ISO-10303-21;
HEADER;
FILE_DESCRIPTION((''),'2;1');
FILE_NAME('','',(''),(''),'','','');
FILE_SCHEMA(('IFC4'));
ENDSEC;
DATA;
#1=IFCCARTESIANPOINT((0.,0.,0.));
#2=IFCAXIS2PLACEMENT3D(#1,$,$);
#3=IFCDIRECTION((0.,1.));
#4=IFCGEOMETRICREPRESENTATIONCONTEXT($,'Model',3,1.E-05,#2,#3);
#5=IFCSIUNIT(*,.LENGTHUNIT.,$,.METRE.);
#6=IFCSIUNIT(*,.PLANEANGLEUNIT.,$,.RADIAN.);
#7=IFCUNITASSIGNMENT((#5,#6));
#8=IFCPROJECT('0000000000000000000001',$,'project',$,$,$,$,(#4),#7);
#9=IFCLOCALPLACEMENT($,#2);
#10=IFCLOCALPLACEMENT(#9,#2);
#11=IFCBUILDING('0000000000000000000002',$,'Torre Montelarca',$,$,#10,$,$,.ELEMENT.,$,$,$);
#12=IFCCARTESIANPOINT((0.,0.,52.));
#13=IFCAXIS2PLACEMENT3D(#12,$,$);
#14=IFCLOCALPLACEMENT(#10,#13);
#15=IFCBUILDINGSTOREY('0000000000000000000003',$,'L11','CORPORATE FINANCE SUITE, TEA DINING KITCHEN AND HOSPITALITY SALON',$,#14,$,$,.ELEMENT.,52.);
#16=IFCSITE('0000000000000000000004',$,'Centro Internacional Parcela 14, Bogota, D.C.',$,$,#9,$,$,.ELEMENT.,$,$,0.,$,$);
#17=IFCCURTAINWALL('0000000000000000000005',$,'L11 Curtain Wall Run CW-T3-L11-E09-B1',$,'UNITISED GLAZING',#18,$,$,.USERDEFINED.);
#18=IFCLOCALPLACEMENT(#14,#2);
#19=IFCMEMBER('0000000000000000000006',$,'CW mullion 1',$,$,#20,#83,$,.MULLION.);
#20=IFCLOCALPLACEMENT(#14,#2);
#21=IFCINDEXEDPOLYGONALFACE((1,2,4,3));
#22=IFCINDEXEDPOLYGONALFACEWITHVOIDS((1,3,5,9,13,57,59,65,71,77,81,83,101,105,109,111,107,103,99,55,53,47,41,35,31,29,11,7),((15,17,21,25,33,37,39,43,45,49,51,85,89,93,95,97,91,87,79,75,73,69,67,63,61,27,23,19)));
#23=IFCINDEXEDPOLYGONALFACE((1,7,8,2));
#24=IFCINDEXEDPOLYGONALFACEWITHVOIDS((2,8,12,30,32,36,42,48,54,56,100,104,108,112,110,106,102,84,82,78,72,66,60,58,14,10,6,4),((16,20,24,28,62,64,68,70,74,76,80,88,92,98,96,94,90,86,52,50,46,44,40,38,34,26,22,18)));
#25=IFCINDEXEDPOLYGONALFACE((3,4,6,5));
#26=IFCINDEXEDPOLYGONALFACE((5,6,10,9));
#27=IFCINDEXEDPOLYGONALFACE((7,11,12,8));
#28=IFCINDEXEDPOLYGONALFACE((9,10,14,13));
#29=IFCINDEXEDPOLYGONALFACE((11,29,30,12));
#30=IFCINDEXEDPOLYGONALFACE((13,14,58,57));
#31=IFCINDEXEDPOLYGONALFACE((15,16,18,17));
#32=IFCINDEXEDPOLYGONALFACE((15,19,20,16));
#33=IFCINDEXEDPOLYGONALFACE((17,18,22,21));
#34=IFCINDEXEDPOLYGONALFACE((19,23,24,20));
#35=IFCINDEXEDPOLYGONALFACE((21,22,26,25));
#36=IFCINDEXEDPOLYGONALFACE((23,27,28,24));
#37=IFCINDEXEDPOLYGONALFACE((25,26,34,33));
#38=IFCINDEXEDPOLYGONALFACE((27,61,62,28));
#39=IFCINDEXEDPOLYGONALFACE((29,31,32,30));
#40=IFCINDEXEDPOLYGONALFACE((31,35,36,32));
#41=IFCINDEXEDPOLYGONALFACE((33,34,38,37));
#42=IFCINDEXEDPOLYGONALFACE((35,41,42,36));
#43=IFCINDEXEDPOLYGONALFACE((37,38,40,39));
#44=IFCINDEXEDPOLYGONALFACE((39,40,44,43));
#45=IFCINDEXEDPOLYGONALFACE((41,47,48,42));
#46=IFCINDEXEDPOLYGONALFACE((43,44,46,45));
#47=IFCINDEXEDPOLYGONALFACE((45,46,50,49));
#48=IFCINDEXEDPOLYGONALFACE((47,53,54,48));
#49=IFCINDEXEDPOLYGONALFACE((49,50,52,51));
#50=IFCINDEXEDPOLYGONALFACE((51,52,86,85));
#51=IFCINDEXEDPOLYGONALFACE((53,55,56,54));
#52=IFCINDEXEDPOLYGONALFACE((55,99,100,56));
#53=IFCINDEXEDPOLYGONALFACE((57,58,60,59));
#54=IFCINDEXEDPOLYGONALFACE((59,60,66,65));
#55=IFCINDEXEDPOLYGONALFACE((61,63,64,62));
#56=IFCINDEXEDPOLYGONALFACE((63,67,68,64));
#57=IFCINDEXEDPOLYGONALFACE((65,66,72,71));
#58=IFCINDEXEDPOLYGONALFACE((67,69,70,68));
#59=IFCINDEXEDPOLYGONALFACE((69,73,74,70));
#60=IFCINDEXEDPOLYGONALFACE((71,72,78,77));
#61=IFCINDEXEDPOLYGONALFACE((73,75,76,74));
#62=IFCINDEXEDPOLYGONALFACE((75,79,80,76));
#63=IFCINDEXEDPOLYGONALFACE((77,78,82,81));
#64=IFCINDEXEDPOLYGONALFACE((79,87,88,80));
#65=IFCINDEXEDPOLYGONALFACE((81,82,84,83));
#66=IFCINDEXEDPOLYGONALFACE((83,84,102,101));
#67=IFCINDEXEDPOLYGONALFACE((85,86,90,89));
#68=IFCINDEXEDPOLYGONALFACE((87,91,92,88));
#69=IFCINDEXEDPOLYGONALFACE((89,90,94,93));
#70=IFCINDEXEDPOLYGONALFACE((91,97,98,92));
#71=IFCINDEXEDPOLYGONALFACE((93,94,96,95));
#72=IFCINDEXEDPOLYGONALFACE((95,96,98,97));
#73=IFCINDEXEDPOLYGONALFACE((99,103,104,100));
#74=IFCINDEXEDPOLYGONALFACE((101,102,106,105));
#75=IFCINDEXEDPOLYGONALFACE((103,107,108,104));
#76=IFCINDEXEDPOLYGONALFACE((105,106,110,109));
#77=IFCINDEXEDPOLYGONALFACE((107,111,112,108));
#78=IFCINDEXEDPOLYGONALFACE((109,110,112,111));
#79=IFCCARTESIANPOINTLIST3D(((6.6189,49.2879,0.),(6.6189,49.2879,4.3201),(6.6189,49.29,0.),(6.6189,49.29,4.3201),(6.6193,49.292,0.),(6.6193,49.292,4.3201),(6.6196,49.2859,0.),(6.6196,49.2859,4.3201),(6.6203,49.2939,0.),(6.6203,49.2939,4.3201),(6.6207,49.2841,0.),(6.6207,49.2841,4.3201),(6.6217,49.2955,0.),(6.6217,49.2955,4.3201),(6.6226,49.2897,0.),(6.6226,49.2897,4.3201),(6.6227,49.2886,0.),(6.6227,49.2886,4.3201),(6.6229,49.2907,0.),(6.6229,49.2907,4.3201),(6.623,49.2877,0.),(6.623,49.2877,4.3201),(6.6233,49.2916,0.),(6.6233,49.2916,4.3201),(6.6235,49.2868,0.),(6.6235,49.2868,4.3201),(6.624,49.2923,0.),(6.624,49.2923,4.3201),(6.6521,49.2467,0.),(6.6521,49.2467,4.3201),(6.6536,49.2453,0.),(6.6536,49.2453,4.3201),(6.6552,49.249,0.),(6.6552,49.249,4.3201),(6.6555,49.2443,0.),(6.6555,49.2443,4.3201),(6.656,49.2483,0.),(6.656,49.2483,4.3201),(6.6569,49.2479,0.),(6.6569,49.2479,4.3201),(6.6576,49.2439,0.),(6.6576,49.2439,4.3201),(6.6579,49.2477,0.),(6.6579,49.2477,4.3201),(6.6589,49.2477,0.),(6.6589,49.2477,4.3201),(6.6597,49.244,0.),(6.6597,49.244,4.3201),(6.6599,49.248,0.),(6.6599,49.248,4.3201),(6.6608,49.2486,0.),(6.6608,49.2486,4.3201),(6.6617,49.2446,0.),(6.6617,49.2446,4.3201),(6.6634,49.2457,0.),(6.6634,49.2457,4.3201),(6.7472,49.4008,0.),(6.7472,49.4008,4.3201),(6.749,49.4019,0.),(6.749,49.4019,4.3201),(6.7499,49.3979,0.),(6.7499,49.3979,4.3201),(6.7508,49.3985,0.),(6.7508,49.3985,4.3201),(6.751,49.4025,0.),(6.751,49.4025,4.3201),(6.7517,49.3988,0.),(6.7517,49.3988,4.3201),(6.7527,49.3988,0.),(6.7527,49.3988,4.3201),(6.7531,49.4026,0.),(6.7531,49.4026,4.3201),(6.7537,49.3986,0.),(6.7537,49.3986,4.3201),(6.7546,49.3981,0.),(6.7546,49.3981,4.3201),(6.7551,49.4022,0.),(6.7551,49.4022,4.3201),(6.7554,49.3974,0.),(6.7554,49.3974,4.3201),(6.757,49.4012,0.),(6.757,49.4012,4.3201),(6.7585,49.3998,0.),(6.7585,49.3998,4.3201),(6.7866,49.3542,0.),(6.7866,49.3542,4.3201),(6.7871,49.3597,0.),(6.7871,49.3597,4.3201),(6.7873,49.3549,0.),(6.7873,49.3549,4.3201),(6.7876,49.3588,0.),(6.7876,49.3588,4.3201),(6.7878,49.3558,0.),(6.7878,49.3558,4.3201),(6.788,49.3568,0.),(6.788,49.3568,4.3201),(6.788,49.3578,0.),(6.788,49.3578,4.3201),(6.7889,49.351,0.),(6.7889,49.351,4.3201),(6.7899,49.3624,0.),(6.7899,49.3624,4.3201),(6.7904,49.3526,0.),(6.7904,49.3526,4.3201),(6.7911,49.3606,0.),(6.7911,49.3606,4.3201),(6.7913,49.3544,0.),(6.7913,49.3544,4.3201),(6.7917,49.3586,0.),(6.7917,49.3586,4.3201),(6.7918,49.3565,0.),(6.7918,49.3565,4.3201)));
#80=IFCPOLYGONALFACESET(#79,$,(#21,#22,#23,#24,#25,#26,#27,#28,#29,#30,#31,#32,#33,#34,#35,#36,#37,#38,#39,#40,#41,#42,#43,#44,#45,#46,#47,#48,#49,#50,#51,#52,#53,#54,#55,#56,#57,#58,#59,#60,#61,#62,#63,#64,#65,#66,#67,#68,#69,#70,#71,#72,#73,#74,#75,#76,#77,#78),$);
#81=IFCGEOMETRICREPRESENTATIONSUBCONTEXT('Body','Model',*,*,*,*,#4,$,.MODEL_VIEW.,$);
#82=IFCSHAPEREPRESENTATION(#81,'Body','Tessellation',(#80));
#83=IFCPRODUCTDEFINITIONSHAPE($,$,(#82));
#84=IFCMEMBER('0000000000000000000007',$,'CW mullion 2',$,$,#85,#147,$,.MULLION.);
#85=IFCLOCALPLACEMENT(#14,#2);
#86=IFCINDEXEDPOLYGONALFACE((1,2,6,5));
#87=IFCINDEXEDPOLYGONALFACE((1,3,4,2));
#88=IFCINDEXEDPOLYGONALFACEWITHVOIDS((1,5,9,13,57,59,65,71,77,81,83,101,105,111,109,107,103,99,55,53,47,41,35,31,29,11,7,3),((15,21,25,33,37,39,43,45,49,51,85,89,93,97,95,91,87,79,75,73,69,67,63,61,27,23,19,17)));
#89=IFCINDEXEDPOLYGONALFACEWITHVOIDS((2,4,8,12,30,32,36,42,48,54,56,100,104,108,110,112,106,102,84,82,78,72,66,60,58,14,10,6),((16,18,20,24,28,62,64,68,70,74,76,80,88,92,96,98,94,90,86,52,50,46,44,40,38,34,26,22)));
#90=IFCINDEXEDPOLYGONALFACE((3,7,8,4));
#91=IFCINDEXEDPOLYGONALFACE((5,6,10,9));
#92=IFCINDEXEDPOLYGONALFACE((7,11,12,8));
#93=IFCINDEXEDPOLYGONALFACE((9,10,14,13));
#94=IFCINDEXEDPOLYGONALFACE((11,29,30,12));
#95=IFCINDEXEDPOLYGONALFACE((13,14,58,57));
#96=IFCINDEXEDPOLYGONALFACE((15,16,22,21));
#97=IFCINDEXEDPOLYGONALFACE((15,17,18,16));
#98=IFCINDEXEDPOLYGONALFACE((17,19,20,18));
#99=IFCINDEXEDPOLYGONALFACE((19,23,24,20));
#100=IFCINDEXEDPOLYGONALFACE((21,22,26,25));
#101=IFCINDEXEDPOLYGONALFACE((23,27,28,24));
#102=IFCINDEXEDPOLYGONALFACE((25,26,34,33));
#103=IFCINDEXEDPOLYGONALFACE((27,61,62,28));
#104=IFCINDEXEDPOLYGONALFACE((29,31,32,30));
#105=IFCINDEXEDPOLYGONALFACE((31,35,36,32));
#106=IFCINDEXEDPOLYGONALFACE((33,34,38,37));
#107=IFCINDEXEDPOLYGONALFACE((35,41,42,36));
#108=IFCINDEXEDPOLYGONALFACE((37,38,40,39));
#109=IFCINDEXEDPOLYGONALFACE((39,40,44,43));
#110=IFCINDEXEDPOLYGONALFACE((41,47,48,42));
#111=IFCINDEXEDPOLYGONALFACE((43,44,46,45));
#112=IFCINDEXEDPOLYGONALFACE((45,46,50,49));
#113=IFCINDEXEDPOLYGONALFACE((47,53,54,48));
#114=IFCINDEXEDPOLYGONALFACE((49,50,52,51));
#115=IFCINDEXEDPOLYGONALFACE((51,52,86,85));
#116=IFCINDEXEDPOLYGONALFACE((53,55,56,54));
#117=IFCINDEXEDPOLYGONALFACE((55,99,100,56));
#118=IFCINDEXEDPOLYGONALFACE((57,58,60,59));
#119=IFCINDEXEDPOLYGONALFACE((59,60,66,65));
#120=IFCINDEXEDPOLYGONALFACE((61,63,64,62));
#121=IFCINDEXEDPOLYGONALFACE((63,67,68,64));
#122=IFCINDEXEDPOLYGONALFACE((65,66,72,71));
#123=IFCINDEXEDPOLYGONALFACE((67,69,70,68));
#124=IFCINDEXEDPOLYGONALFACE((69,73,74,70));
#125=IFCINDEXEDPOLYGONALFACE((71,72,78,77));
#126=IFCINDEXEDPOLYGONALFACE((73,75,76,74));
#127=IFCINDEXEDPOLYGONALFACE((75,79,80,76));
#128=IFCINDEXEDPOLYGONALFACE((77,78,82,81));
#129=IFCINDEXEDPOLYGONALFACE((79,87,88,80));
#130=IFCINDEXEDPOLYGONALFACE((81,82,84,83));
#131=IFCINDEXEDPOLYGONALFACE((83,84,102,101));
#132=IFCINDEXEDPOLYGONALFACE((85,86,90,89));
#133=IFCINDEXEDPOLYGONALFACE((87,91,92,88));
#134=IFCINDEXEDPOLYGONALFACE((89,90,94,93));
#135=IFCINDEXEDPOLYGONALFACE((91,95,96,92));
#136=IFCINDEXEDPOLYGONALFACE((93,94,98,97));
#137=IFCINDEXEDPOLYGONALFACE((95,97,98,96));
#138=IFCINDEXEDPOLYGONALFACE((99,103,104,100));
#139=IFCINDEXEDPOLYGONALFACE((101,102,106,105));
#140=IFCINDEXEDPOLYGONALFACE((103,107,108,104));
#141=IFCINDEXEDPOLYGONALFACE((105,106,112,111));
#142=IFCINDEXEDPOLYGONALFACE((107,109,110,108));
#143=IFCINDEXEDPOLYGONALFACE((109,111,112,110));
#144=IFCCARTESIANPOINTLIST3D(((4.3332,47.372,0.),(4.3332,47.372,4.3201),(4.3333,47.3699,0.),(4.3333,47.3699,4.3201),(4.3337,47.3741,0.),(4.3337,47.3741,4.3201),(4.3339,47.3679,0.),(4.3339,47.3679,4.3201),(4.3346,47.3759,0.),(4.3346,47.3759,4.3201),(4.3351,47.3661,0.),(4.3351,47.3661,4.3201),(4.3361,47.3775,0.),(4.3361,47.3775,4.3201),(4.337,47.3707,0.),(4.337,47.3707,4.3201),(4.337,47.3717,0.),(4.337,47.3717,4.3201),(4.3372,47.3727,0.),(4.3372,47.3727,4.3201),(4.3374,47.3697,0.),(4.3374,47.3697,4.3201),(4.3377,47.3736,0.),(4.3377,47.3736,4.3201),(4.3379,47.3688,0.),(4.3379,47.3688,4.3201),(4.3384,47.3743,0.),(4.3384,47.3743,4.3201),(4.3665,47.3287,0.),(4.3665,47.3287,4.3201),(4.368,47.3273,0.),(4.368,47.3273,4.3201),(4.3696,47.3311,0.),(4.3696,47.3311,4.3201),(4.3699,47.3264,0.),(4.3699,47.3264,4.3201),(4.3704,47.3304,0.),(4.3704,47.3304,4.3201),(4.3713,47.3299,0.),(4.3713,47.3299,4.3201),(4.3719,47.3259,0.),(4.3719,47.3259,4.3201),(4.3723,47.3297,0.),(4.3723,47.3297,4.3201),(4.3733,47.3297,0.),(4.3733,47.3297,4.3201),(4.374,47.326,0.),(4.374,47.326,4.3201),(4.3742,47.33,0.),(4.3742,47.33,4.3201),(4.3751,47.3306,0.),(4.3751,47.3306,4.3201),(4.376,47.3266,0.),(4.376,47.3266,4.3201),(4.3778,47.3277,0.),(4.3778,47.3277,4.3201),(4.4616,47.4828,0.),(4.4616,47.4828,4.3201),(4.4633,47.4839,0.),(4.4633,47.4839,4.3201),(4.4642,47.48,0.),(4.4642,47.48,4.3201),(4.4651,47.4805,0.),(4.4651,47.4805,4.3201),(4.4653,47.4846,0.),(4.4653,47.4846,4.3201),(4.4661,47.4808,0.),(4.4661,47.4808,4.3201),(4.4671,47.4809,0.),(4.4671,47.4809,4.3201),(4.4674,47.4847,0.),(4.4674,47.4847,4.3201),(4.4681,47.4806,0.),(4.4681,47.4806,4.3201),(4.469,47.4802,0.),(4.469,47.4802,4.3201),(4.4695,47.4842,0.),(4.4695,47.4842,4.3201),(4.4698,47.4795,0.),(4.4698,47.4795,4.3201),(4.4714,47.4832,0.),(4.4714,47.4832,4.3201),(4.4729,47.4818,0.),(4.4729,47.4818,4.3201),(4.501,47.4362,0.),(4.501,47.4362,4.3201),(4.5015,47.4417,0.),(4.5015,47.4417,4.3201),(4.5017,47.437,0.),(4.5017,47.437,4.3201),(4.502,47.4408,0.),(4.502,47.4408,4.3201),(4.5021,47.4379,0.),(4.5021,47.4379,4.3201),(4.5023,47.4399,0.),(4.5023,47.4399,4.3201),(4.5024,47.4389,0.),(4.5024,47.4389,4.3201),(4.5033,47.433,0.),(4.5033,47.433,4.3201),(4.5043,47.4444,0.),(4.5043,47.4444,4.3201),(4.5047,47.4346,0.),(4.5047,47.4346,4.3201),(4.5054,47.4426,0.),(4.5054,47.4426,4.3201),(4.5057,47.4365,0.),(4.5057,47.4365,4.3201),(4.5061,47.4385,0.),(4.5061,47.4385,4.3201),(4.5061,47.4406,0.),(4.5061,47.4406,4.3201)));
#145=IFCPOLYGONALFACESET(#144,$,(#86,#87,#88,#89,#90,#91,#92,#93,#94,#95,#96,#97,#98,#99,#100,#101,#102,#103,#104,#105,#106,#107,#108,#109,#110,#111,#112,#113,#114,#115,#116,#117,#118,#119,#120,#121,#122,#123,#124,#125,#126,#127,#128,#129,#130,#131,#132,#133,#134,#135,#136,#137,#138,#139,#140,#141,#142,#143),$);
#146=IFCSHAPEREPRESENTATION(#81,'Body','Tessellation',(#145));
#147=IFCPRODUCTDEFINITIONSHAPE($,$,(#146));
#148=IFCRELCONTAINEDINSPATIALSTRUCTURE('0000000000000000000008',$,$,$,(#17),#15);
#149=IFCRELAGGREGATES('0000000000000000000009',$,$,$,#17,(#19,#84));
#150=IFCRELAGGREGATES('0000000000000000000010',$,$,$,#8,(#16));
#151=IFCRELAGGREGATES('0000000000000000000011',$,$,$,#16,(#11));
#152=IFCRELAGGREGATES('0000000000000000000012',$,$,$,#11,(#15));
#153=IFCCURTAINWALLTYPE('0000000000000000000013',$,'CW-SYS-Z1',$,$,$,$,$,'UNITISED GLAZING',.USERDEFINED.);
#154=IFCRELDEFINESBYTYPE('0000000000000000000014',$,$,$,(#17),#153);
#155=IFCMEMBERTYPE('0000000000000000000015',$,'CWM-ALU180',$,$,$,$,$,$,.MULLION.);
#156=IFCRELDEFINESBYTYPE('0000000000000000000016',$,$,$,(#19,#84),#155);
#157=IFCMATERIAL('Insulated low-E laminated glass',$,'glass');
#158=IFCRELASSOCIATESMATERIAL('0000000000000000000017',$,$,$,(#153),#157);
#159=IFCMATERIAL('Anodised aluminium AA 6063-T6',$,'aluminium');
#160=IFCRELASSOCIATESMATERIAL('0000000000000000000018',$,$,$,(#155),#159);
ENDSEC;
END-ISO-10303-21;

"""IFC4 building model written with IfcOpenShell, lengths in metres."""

from ifc_helpers import new_model, si_unit, direction, frame, origin, origin_2d, place, context, subcontext, project, spatial, hollow_rectangle, extrude, source, transform, mapped, material, material_profile, profile_set, type_object, element, aggregate, save


model = new_model("IFC4")

# Units and contexts
model_context = context("Model", 3, precision=1e-05, world=origin(), true_north=direction((0.0, 1.0)))
body_context = subcontext(model_context, "Body", "Model", "MODEL_VIEW")
ifc_project = project(units=[si_unit("LENGTHUNIT", "METRE"), si_unit("PLANEANGLEUNIT", "RADIAN")], contexts=[model_context])

# Site, building, storey
site_placement = place(None, origin())
site = spatial("IfcSite", under=ifc_project, at=site_placement, Name="Centro Internacional Parcela 14, Bogota, D.C.", CompositionType="ELEMENT", RefElevation=0.0)
building_placement = place(site_placement, origin())
building = spatial("IfcBuilding", under=site, at=building_placement, Name="Torre Montelarca", CompositionType="ELEMENT")
storey_placement = place(building_placement, frame((0.0, 0.0, 52.0)))
storey = spatial("IfcBuildingStorey", under=building, at=storey_placement, Name="L11", Description="CORPORATE FINANCE SUITE, TEA DINING KITCHEN AND HOSPITALITY SALON", CompositionType="ELEMENT", Elevation=52.0)

# Shared definitions
ifc_material_1 = material(Name="Insulated low-E laminated glass", Category="glass")
curtain_wall_type = type_object("IfcCurtainWallType", Name="CW-SYS-Z1", ElementType="UNITISED GLAZING", PredefinedType="USERDEFINED", material=ifc_material_1)
ifc_material_2 = material(Name="Anodised aluminium AA 6063-T6", Category="aluminium")
ifc_material_profile_1 = material_profile(ifc_material_2, hollow_rectangle(XDim=0.0649, YDim=0.1799, WallThickness=0.0039, InnerFilletRadius=0.0039, OuterFilletRadius=0.0081, at=origin_2d()), Name="ALU65X180X4", Category="aluminium")
ifc_profile_set_1 = profile_set([ifc_material_profile_1], Name="Anodised aluminium AA 6063-T6")
member_type_1 = type_object("IfcMemberType", Name="CWM-ALU180", PredefinedType="MULLION", material=ifc_profile_set_1)
shared_shape_1 = source(origin(), body_context, "Body", "SweptSolid", [
    extrude(hollow_rectangle(XDim=0.0649, YDim=0.1799, WallThickness=0.0039, InnerFilletRadius=0.0039, OuterFilletRadius=0.0081, at=origin_2d()), origin(), (0.0, 0.0, 1.0), 4.3201),
])

# Curtain wall, members
curtain_wall_1_placement = place(storey_placement, origin())
curtain_wall_1 = element("IfcCurtainWall", 1, at=curtain_wall_1_placement, inside=storey, type_object=curtain_wall_type, Name="L11 Curtain Wall Run CW-T3-L11-E09-B1", ObjectType="UNITISED GLAZING", PredefinedType="USERDEFINED")
member_1_placement = place(storey_placement, frame((6.7053, 49.3232, 0.0), z_axis=(0.0, 0.0, 1.0), x_axis=(0.64279, -0.766043, 0.0)))
member_1 = element("IfcMember", 2, at=member_1_placement, type_object=member_type_1, Name="CW mullion 1", PredefinedType="MULLION", context=body_context, shape_type="MappedRepresentation", body=[
    mapped(shared_shape_1, transform((0.0, 0.0, 0.0), scale=1.0)),
])
member_2_placement = place(storey_placement, frame((4.4197, 47.4053, 0.0), z_axis=(0.0, 0.0, 1.0), x_axis=(0.64279, -0.766043, 0.0)))
member_2 = element("IfcMember", 3, at=member_2_placement, type_object=member_type_1, Name="CW mullion 2", PredefinedType="MULLION", context=body_context, shape_type="MappedRepresentation", body=[
    mapped(shared_shape_1, transform((0.0, 0.0, 0.0), scale=1.0)),
])

aggregate(curtain_wall_1, [member_1, member_2])

save(model, "model.ifc")
